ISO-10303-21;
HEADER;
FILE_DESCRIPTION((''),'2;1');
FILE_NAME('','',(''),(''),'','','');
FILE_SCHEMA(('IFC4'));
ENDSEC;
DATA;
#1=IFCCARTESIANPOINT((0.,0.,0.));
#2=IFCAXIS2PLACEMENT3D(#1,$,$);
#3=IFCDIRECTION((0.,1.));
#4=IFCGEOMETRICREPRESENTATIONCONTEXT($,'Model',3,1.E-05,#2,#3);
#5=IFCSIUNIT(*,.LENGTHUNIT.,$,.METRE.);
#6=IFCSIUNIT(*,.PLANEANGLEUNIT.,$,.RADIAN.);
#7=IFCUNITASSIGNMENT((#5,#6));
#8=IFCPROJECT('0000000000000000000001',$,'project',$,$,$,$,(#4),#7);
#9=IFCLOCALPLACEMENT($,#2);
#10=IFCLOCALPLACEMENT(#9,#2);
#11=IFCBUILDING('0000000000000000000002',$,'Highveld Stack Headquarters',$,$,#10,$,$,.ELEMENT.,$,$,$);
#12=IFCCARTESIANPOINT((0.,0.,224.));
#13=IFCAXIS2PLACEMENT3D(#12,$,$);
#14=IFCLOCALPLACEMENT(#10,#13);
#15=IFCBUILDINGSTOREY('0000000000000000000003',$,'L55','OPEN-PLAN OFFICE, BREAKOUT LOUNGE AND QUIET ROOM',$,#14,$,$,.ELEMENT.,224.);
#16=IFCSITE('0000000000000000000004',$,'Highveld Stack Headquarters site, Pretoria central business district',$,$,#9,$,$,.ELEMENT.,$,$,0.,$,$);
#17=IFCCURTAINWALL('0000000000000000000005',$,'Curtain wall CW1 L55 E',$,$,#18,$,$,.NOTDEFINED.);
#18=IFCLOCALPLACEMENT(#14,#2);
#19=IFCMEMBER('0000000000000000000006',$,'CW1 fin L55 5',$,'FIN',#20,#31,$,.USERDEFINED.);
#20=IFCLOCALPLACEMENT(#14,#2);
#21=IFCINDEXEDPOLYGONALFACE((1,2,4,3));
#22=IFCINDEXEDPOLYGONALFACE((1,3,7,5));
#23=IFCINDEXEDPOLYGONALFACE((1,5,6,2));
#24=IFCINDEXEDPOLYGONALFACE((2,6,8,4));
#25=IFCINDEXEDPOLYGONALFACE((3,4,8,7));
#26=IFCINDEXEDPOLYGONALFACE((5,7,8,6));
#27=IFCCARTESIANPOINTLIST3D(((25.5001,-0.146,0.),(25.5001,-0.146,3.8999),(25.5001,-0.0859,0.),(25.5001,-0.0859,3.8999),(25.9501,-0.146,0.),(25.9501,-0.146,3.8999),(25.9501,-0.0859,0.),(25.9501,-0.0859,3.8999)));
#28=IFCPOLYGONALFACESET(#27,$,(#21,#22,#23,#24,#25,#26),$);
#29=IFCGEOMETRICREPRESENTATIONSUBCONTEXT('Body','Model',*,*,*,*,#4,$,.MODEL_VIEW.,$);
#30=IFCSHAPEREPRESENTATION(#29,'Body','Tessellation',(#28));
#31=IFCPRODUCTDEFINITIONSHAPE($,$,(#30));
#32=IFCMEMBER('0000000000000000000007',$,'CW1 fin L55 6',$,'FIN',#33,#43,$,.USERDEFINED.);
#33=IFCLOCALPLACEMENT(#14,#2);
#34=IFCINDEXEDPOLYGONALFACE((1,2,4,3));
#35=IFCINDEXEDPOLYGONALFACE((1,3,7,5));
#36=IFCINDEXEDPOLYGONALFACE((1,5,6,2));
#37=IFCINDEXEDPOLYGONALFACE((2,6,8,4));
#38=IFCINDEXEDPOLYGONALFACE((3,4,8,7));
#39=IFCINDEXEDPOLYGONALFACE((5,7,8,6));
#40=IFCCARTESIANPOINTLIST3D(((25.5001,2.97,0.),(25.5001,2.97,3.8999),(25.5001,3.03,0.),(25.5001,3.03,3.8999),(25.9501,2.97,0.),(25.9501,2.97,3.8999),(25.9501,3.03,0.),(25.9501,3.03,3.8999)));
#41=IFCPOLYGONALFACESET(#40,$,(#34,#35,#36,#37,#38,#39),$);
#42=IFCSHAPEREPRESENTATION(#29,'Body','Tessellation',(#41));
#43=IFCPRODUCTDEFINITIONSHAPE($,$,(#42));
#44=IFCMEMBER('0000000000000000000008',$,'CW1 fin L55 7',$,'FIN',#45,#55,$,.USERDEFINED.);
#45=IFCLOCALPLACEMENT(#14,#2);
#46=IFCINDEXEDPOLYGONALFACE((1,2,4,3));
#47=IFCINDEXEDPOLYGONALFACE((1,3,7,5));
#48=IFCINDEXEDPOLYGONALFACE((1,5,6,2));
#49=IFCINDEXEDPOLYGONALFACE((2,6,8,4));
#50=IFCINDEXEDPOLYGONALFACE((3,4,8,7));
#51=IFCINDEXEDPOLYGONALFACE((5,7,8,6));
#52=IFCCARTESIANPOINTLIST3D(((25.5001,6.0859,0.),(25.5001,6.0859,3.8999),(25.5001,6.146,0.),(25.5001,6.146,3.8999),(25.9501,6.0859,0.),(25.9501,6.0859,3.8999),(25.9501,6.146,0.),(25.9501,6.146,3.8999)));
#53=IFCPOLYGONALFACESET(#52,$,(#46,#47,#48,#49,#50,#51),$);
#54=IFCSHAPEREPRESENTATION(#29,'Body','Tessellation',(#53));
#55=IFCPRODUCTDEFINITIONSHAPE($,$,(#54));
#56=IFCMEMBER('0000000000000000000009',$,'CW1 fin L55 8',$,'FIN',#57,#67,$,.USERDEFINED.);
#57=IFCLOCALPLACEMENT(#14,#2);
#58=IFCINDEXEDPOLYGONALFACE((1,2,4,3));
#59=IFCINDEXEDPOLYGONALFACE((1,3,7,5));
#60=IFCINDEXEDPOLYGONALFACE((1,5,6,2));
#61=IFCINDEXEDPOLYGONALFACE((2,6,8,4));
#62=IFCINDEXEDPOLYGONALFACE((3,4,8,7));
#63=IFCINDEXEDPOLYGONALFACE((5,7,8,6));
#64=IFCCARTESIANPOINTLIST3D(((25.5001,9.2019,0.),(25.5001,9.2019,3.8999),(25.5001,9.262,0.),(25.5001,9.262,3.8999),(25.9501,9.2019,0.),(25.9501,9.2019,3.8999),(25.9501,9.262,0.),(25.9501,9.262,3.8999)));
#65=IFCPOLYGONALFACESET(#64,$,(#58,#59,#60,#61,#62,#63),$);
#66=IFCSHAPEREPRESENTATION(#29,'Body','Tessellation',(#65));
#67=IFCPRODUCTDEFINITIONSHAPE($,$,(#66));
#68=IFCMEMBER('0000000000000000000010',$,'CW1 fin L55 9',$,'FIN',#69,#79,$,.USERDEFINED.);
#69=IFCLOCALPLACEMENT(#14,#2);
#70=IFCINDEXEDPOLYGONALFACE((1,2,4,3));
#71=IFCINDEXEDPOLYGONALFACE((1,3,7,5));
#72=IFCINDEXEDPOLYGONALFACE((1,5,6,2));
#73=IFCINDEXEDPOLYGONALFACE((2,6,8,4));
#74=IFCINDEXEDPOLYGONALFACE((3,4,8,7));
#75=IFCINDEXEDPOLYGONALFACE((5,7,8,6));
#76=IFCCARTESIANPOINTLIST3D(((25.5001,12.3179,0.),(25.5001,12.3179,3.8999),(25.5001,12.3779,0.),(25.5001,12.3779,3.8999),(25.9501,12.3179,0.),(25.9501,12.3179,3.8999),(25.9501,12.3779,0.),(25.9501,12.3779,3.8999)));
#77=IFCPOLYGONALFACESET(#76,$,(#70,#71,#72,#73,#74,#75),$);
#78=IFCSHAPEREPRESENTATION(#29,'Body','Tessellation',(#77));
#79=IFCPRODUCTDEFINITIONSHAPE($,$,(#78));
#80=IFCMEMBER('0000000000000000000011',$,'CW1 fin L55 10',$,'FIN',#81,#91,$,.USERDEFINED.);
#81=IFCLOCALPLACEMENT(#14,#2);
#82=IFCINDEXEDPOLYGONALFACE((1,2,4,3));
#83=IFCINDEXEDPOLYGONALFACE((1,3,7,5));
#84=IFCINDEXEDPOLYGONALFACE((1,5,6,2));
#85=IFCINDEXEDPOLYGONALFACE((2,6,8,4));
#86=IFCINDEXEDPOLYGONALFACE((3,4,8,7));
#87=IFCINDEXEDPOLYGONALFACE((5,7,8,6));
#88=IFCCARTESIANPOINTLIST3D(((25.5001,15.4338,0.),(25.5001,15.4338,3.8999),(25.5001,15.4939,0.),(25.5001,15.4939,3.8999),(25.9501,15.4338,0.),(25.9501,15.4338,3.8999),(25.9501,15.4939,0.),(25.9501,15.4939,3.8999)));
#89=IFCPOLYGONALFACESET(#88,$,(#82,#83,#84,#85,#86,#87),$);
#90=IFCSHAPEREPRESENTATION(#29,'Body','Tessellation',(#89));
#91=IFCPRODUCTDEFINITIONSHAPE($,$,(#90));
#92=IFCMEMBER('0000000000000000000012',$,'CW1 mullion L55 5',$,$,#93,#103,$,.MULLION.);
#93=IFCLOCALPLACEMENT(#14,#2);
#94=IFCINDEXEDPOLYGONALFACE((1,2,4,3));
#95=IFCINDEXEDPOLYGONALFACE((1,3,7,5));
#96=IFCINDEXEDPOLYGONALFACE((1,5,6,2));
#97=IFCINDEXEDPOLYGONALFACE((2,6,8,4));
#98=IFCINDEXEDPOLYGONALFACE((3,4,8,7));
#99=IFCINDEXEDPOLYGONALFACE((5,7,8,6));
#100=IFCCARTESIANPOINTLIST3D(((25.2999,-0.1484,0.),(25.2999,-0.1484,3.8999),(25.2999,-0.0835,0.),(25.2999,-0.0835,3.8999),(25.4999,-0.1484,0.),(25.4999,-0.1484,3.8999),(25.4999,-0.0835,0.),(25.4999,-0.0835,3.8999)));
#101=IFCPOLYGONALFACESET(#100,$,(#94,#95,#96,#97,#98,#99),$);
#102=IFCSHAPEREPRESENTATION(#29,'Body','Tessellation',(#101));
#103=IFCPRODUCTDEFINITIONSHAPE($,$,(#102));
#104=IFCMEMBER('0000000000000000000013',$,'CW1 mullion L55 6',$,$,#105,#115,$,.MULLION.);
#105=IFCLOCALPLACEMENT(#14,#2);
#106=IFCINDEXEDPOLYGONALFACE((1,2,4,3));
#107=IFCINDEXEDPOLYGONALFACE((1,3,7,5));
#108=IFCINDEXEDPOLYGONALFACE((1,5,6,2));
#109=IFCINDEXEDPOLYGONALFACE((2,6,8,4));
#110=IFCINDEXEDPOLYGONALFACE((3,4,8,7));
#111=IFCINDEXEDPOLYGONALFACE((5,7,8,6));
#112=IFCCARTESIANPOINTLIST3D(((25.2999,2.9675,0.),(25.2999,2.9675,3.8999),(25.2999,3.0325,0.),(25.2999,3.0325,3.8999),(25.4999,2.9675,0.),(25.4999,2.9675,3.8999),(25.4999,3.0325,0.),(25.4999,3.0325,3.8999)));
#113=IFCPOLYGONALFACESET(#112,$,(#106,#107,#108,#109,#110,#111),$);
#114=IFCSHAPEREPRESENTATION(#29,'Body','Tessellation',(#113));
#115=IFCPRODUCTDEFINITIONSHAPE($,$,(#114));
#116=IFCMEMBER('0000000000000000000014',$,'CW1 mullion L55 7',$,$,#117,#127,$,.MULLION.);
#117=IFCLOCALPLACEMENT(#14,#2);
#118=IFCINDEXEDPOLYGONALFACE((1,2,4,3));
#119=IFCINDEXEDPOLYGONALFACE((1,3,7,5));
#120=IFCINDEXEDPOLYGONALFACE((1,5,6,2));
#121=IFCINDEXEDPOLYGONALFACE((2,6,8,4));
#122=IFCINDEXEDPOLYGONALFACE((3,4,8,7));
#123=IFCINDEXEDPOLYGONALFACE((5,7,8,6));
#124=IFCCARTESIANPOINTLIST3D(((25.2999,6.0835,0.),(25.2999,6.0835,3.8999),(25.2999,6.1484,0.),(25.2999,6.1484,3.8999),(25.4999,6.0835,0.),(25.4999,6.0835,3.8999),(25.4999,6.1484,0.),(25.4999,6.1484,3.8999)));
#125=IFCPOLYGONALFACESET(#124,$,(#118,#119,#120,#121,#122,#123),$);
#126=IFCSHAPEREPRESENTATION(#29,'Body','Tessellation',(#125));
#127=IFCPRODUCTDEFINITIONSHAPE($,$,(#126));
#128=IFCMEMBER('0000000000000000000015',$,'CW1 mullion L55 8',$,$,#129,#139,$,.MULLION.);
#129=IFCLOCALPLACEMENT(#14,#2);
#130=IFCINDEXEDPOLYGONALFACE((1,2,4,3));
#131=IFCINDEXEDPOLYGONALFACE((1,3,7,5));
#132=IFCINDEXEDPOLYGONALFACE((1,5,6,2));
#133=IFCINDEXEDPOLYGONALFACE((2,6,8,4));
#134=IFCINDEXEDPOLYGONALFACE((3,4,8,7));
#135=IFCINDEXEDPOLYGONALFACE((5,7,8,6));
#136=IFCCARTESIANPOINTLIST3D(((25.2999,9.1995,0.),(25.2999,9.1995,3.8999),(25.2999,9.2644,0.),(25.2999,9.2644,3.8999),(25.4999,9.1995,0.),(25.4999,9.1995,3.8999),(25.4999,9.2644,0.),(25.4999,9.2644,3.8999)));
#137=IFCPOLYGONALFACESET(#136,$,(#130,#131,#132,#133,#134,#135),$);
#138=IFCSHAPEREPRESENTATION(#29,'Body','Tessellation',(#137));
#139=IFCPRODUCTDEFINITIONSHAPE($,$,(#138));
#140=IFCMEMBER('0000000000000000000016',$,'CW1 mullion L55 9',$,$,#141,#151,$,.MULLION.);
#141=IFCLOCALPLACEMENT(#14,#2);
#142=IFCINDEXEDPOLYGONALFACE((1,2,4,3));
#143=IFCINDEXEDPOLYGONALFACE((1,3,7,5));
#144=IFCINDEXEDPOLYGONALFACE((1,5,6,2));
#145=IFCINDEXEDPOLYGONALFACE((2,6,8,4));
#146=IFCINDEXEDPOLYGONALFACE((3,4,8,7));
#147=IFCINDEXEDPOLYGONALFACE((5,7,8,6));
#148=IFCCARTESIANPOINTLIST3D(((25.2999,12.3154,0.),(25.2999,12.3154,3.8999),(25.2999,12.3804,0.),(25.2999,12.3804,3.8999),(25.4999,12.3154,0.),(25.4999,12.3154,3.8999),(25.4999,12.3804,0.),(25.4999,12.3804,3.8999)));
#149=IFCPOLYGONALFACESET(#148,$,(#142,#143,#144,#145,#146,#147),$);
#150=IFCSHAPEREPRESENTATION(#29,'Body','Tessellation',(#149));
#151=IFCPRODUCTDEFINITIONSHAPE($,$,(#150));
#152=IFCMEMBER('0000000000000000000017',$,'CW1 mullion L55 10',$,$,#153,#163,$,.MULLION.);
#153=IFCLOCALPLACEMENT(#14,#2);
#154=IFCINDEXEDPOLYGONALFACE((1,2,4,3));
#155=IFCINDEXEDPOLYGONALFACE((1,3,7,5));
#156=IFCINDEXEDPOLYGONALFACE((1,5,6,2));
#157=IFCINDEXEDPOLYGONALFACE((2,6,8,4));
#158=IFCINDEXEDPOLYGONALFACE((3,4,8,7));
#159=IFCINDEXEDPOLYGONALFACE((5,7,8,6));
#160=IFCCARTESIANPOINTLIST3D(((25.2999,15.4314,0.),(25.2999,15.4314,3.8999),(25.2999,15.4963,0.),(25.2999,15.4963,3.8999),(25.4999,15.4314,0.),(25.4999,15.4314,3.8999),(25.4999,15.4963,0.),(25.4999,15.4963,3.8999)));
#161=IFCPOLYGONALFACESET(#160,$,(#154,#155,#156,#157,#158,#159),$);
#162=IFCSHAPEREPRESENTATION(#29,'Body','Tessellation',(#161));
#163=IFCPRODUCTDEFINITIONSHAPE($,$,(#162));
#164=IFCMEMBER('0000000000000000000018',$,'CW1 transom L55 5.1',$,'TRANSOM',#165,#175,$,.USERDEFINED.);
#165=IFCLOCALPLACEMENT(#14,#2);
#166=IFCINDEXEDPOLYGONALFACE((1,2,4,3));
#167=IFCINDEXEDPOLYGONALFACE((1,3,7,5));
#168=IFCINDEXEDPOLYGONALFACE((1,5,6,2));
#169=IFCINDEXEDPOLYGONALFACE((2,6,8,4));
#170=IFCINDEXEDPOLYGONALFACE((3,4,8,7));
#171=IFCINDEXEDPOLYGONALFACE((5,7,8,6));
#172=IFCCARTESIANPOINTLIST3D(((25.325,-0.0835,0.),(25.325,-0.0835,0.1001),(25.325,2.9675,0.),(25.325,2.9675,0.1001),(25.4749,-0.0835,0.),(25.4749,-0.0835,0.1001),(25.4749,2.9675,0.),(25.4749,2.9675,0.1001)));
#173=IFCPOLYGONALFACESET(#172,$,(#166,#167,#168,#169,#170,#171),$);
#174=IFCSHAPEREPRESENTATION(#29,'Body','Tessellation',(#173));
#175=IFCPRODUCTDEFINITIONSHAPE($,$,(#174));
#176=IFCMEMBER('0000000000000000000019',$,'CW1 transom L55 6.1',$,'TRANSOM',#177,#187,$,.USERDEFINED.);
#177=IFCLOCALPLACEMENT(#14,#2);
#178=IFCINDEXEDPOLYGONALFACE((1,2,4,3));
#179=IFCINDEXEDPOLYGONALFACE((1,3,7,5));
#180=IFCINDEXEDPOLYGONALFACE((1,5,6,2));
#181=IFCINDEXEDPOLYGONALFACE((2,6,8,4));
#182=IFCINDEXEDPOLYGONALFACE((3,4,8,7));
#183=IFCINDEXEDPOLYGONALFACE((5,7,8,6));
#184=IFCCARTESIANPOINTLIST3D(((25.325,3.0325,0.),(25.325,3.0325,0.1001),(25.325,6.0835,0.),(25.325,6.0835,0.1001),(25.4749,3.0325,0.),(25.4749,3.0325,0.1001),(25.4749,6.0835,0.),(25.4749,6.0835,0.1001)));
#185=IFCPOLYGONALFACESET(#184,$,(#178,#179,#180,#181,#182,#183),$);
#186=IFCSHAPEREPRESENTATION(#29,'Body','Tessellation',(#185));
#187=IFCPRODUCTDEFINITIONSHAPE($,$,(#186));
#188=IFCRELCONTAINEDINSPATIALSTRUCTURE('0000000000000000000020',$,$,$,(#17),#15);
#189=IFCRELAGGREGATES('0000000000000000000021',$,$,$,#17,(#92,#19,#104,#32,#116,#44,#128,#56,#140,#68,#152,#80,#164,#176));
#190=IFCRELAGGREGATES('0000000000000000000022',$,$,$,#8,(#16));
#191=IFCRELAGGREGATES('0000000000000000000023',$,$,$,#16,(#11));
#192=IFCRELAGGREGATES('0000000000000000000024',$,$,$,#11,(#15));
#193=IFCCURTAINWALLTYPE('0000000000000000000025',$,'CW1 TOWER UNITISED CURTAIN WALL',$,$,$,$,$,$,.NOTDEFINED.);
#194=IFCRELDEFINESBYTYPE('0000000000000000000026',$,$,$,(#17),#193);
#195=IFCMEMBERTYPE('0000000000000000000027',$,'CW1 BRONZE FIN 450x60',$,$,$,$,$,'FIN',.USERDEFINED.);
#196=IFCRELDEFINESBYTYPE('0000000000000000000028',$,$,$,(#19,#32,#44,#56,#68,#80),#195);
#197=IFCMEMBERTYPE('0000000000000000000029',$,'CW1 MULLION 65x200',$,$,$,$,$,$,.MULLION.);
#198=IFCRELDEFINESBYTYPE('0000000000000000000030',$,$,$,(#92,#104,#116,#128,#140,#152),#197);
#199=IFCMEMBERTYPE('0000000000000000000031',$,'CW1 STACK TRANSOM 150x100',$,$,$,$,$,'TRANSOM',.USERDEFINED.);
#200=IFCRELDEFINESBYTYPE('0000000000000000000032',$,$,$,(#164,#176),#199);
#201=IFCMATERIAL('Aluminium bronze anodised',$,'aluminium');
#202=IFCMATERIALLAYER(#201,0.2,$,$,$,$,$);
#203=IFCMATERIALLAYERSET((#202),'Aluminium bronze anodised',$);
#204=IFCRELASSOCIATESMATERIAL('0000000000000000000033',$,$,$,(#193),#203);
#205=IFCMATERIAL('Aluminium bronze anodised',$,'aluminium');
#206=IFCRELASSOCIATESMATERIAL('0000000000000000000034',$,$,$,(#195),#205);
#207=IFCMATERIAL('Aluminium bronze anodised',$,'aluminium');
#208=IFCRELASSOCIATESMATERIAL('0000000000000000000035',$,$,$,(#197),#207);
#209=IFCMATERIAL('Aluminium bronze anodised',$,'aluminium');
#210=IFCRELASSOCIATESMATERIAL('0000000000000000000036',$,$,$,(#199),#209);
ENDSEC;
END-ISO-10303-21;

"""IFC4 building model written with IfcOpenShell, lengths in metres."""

from ifc_helpers import new_model, si_unit, direction, frame, origin, origin_2d, place, context, subcontext, project, spatial, rectangle, extrude, material, layer, layer_set, material_profile, profile_set, type_object, element, aggregate, save


model = new_model("IFC4")

# Units and contexts
model_context = context("Model", 3, precision=1e-05, world=origin(), true_north=direction((0.0, 1.0)))
body_context = subcontext(model_context, "Body", "Model", "MODEL_VIEW")
ifc_project = project(units=[si_unit("LENGTHUNIT", "METRE"), si_unit("PLANEANGLEUNIT", "RADIAN")], contexts=[model_context])

# Site, building, storey
site_placement = place(None, origin())
site = spatial("IfcSite", under=ifc_project, at=site_placement, Name="Highveld Stack Headquarters site, Pretoria central business district", CompositionType="ELEMENT", RefElevation=0.0)
building_placement = place(site_placement, origin())
building = spatial("IfcBuilding", under=site, at=building_placement, Name="Highveld Stack Headquarters", CompositionType="ELEMENT")
storey_placement = place(building_placement, frame((0.0, 0.0, 224.0)))
storey = spatial("IfcBuildingStorey", under=building, at=storey_placement, Name="L55", Description="OPEN-PLAN OFFICE, BREAKOUT LOUNGE AND QUIET ROOM", CompositionType="ELEMENT", Elevation=224.0)

# Curtain wall, members
ifc_material_1 = material(Name="Aluminium bronze anodised", Category="aluminium")
ifc_layer_1 = layer(ifc_material_1, 0.2)
ifc_layer_set_1 = layer_set([ifc_layer_1], Name="Aluminium bronze anodised")
curtain_wall_type = type_object("IfcCurtainWallType", Name="CW1 TOWER UNITISED CURTAIN WALL", PredefinedType="NOTDEFINED", material=ifc_layer_set_1)
curtain_wall_placement = place(storey_placement, origin())
curtain_wall = element("IfcCurtainWall", 1, at=curtain_wall_placement, inside=storey, type_object=curtain_wall_type, Name="Curtain wall CW1 L55 E", PredefinedType="NOTDEFINED")
ifc_material_2 = material(Name="Aluminium bronze anodised", Category="aluminium")
ifc_material_profile_1 = material_profile(ifc_material_2, rectangle(XDim=0.45, YDim=0.0601, at=origin_2d()), Name="FIN 450x60")
ifc_profile_set_1 = profile_set([ifc_material_profile_1], Name="Aluminium bronze anodised")
member_type_1 = type_object("IfcMemberType", Name="CW1 BRONZE FIN 450x60", ElementType="FIN", PredefinedType="USERDEFINED", material=ifc_profile_set_1)
member_1_placement = place(storey_placement, frame((25.7251, -0.116, 0.0), z_axis=(0.0, 0.0, 1.0), x_axis=(-1.0, 0.0, 0.0)))
member_1 = element("IfcMember", 2, at=member_1_placement, type_object=member_type_1, Name="CW1 fin L55 5", ObjectType="FIN", PredefinedType="USERDEFINED", context=body_context, shape_type="SweptSolid", body=[
    extrude(rectangle(XDim=0.45, YDim=0.0601, at=origin_2d()), origin(), (0.0, 0.0, 1.0), 3.8999),
])
member_2_placement = place(storey_placement, frame((25.7251, 3.0, 0.0), z_axis=(0.0, 0.0, 1.0), x_axis=(-1.0, 0.0, 0.0)))
member_2 = element("IfcMember", 3, at=member_2_placement, type_object=member_type_1, Name="CW1 fin L55 6", ObjectType="FIN", PredefinedType="USERDEFINED", context=body_context, shape_type="SweptSolid", body=[
    extrude(rectangle(XDim=0.45, YDim=0.0601, at=origin_2d()), origin(), (0.0, 0.0, 1.0), 3.8999),
])
member_3_placement = place(storey_placement, frame((25.7251, 6.116, 0.0), z_axis=(0.0, 0.0, 1.0), x_axis=(-1.0, 0.0, 0.0)))
member_3 = element("IfcMember", 4, at=member_3_placement, type_object=member_type_1, Name="CW1 fin L55 7", ObjectType="FIN", PredefinedType="USERDEFINED", context=body_context, shape_type="SweptSolid", body=[
    extrude(rectangle(XDim=0.45, YDim=0.0601, at=origin_2d()), origin(), (0.0, 0.0, 1.0), 3.8999),
])
member_4_placement = place(storey_placement, frame((25.7251, 9.2319, 0.0), z_axis=(0.0, 0.0, 1.0), x_axis=(-1.0, 0.0, 0.0)))
member_4 = element("IfcMember", 5, at=member_4_placement, type_object=member_type_1, Name="CW1 fin L55 8", ObjectType="FIN", PredefinedType="USERDEFINED", context=body_context, shape_type="SweptSolid", body=[
    extrude(rectangle(XDim=0.45, YDim=0.0601, at=origin_2d()), origin(), (0.0, 0.0, 1.0), 3.8999),
])
member_5_placement = place(storey_placement, frame((25.7251, 12.3479, 0.0), z_axis=(0.0, 0.0, 1.0), x_axis=(-1.0, 0.0, 0.0)))
member_5 = element("IfcMember", 6, at=member_5_placement, type_object=member_type_1, Name="CW1 fin L55 9", ObjectType="FIN", PredefinedType="USERDEFINED", context=body_context, shape_type="SweptSolid", body=[
    extrude(rectangle(XDim=0.45, YDim=0.0601, at=origin_2d()), origin(), (0.0, 0.0, 1.0), 3.8999),
])
member_6_placement = place(storey_placement, frame((25.7251, 15.4639, 0.0), z_axis=(0.0, 0.0, 1.0), x_axis=(-1.0, 0.0, 0.0)))
member_6 = element("IfcMember", 7, at=member_6_placement, type_object=member_type_1, Name="CW1 fin L55 10", ObjectType="FIN", PredefinedType="USERDEFINED", context=body_context, shape_type="SweptSolid", body=[
    extrude(rectangle(XDim=0.45, YDim=0.0601, at=origin_2d()), origin(), (0.0, 0.0, 1.0), 3.8999),
])
ifc_material_3 = material(Name="Aluminium bronze anodised", Category="aluminium")
ifc_material_profile_2 = material_profile(ifc_material_3, rectangle(XDim=0.2, YDim=0.0649, at=origin_2d()), Name="CW1 MULLION 65x200")
ifc_profile_set_2 = profile_set([ifc_material_profile_2], Name="Aluminium bronze anodised")
member_type_2 = type_object("IfcMemberType", Name="CW1 MULLION 65x200", PredefinedType="MULLION", material=ifc_profile_set_2)
member_7_placement = place(storey_placement, frame((25.3999, -0.116, 0.0), z_axis=(0.0, 0.0, 1.0), x_axis=(-1.0, 0.0, 0.0)))
member_7 = element("IfcMember", 8, at=member_7_placement, type_object=member_type_2, Name="CW1 mullion L55 5", PredefinedType="MULLION", context=body_context, shape_type="SweptSolid", body=[
    extrude(rectangle(XDim=0.2, YDim=0.0649, at=origin_2d()), origin(), (0.0, 0.0, 1.0), 3.8999),
])
member_8_placement = place(storey_placement, frame((25.3999, 3.0, 0.0), z_axis=(0.0, 0.0, 1.0), x_axis=(-1.0, 0.0, 0.0)))
member_8 = element("IfcMember", 9, at=member_8_placement, type_object=member_type_2, Name="CW1 mullion L55 6", PredefinedType="MULLION", context=body_context, shape_type="SweptSolid", body=[
    extrude(rectangle(XDim=0.2, YDim=0.0649, at=origin_2d()), origin(), (0.0, 0.0, 1.0), 3.8999),
])
member_9_placement = place(storey_placement, frame((25.3999, 6.116, 0.0), z_axis=(0.0, 0.0, 1.0), x_axis=(-1.0, 0.0, 0.0)))
member_9 = element("IfcMember", 10, at=member_9_placement, type_object=member_type_2, Name="CW1 mullion L55 7", PredefinedType="MULLION", context=body_context, shape_type="SweptSolid", body=[
    extrude(rectangle(XDim=0.2, YDim=0.0649, at=origin_2d()), origin(), (0.0, 0.0, 1.0), 3.8999),
])
member_10_placement = place(storey_placement, frame((25.3999, 9.2319, 0.0), z_axis=(0.0, 0.0, 1.0), x_axis=(-1.0, 0.0, 0.0)))
member_10 = element("IfcMember", 11, at=member_10_placement, type_object=member_type_2, Name="CW1 mullion L55 8", PredefinedType="MULLION", context=body_context, shape_type="SweptSolid", body=[
    extrude(rectangle(XDim=0.2, YDim=0.0649, at=origin_2d()), origin(), (0.0, 0.0, 1.0), 3.8999),
])
member_11_placement = place(storey_placement, frame((25.3999, 12.3479, 0.0), z_axis=(0.0, 0.0, 1.0), x_axis=(-1.0, 0.0, 0.0)))
member_11 = element("IfcMember", 12, at=member_11_placement, type_object=member_type_2, Name="CW1 mullion L55 9", PredefinedType="MULLION", context=body_context, shape_type="SweptSolid", body=[
    extrude(rectangle(XDim=0.2, YDim=0.0649, at=origin_2d()), origin(), (0.0, 0.0, 1.0), 3.8999),
])
member_12_placement = place(storey_placement, frame((25.3999, 15.4639, 0.0), z_axis=(0.0, 0.0, 1.0), x_axis=(-1.0, 0.0, 0.0)))
member_12 = element("IfcMember", 13, at=member_12_placement, type_object=member_type_2, Name="CW1 mullion L55 10", PredefinedType="MULLION", context=body_context, shape_type="SweptSolid", body=[
    extrude(rectangle(XDim=0.2, YDim=0.0649, at=origin_2d()), origin(), (0.0, 0.0, 1.0), 3.8999),
])
ifc_material_4 = material(Name="Aluminium bronze anodised", Category="aluminium")
ifc_material_profile_3 = material_profile(ifc_material_4, rectangle(XDim=0.1499, YDim=0.1001, at=origin_2d()), Name="CW1 TRANSOM 150x100")
ifc_profile_set_3 = profile_set([ifc_material_profile_3], Name="Aluminium bronze anodised")
member_type_3 = type_object("IfcMemberType", Name="CW1 STACK TRANSOM 150x100", ElementType="TRANSOM", PredefinedType="USERDEFINED", material=ifc_profile_set_3)
member_13_placement = place(storey_placement, frame((25.3999, -0.0835, 0.05), z_axis=(0.0, 1.0, 0.0), x_axis=(-1.0, 0.0, 0.0)))
member_13 = element("IfcMember", 14, at=member_13_placement, type_object=member_type_3, Name="CW1 transom L55 5.1", ObjectType="TRANSOM", PredefinedType="USERDEFINED", context=body_context, shape_type="SweptSolid", body=[
    extrude(rectangle(XDim=0.1499, YDim=0.1001, at=origin_2d()), origin(), (0.0, 0.0, 1.0), 3.051),
])
member_14_placement = place(storey_placement, frame((25.3999, 3.0325, 0.05), z_axis=(0.0, 1.0, 0.0), x_axis=(-1.0, 0.0, 0.0)))
member_14 = element("IfcMember", 15, at=member_14_placement, type_object=member_type_3, Name="CW1 transom L55 6.1", ObjectType="TRANSOM", PredefinedType="USERDEFINED", context=body_context, shape_type="SweptSolid", body=[
    extrude(rectangle(XDim=0.1499, YDim=0.1001, at=origin_2d()), origin(), (0.0, 0.0, 1.0), 3.051),
])
aggregate(curtain_wall, [member_7, member_1, member_8, member_2, member_9, member_3, member_10, member_4, member_11, member_5, member_12, member_6, member_13, member_14])

save(model, "model.ifc")
